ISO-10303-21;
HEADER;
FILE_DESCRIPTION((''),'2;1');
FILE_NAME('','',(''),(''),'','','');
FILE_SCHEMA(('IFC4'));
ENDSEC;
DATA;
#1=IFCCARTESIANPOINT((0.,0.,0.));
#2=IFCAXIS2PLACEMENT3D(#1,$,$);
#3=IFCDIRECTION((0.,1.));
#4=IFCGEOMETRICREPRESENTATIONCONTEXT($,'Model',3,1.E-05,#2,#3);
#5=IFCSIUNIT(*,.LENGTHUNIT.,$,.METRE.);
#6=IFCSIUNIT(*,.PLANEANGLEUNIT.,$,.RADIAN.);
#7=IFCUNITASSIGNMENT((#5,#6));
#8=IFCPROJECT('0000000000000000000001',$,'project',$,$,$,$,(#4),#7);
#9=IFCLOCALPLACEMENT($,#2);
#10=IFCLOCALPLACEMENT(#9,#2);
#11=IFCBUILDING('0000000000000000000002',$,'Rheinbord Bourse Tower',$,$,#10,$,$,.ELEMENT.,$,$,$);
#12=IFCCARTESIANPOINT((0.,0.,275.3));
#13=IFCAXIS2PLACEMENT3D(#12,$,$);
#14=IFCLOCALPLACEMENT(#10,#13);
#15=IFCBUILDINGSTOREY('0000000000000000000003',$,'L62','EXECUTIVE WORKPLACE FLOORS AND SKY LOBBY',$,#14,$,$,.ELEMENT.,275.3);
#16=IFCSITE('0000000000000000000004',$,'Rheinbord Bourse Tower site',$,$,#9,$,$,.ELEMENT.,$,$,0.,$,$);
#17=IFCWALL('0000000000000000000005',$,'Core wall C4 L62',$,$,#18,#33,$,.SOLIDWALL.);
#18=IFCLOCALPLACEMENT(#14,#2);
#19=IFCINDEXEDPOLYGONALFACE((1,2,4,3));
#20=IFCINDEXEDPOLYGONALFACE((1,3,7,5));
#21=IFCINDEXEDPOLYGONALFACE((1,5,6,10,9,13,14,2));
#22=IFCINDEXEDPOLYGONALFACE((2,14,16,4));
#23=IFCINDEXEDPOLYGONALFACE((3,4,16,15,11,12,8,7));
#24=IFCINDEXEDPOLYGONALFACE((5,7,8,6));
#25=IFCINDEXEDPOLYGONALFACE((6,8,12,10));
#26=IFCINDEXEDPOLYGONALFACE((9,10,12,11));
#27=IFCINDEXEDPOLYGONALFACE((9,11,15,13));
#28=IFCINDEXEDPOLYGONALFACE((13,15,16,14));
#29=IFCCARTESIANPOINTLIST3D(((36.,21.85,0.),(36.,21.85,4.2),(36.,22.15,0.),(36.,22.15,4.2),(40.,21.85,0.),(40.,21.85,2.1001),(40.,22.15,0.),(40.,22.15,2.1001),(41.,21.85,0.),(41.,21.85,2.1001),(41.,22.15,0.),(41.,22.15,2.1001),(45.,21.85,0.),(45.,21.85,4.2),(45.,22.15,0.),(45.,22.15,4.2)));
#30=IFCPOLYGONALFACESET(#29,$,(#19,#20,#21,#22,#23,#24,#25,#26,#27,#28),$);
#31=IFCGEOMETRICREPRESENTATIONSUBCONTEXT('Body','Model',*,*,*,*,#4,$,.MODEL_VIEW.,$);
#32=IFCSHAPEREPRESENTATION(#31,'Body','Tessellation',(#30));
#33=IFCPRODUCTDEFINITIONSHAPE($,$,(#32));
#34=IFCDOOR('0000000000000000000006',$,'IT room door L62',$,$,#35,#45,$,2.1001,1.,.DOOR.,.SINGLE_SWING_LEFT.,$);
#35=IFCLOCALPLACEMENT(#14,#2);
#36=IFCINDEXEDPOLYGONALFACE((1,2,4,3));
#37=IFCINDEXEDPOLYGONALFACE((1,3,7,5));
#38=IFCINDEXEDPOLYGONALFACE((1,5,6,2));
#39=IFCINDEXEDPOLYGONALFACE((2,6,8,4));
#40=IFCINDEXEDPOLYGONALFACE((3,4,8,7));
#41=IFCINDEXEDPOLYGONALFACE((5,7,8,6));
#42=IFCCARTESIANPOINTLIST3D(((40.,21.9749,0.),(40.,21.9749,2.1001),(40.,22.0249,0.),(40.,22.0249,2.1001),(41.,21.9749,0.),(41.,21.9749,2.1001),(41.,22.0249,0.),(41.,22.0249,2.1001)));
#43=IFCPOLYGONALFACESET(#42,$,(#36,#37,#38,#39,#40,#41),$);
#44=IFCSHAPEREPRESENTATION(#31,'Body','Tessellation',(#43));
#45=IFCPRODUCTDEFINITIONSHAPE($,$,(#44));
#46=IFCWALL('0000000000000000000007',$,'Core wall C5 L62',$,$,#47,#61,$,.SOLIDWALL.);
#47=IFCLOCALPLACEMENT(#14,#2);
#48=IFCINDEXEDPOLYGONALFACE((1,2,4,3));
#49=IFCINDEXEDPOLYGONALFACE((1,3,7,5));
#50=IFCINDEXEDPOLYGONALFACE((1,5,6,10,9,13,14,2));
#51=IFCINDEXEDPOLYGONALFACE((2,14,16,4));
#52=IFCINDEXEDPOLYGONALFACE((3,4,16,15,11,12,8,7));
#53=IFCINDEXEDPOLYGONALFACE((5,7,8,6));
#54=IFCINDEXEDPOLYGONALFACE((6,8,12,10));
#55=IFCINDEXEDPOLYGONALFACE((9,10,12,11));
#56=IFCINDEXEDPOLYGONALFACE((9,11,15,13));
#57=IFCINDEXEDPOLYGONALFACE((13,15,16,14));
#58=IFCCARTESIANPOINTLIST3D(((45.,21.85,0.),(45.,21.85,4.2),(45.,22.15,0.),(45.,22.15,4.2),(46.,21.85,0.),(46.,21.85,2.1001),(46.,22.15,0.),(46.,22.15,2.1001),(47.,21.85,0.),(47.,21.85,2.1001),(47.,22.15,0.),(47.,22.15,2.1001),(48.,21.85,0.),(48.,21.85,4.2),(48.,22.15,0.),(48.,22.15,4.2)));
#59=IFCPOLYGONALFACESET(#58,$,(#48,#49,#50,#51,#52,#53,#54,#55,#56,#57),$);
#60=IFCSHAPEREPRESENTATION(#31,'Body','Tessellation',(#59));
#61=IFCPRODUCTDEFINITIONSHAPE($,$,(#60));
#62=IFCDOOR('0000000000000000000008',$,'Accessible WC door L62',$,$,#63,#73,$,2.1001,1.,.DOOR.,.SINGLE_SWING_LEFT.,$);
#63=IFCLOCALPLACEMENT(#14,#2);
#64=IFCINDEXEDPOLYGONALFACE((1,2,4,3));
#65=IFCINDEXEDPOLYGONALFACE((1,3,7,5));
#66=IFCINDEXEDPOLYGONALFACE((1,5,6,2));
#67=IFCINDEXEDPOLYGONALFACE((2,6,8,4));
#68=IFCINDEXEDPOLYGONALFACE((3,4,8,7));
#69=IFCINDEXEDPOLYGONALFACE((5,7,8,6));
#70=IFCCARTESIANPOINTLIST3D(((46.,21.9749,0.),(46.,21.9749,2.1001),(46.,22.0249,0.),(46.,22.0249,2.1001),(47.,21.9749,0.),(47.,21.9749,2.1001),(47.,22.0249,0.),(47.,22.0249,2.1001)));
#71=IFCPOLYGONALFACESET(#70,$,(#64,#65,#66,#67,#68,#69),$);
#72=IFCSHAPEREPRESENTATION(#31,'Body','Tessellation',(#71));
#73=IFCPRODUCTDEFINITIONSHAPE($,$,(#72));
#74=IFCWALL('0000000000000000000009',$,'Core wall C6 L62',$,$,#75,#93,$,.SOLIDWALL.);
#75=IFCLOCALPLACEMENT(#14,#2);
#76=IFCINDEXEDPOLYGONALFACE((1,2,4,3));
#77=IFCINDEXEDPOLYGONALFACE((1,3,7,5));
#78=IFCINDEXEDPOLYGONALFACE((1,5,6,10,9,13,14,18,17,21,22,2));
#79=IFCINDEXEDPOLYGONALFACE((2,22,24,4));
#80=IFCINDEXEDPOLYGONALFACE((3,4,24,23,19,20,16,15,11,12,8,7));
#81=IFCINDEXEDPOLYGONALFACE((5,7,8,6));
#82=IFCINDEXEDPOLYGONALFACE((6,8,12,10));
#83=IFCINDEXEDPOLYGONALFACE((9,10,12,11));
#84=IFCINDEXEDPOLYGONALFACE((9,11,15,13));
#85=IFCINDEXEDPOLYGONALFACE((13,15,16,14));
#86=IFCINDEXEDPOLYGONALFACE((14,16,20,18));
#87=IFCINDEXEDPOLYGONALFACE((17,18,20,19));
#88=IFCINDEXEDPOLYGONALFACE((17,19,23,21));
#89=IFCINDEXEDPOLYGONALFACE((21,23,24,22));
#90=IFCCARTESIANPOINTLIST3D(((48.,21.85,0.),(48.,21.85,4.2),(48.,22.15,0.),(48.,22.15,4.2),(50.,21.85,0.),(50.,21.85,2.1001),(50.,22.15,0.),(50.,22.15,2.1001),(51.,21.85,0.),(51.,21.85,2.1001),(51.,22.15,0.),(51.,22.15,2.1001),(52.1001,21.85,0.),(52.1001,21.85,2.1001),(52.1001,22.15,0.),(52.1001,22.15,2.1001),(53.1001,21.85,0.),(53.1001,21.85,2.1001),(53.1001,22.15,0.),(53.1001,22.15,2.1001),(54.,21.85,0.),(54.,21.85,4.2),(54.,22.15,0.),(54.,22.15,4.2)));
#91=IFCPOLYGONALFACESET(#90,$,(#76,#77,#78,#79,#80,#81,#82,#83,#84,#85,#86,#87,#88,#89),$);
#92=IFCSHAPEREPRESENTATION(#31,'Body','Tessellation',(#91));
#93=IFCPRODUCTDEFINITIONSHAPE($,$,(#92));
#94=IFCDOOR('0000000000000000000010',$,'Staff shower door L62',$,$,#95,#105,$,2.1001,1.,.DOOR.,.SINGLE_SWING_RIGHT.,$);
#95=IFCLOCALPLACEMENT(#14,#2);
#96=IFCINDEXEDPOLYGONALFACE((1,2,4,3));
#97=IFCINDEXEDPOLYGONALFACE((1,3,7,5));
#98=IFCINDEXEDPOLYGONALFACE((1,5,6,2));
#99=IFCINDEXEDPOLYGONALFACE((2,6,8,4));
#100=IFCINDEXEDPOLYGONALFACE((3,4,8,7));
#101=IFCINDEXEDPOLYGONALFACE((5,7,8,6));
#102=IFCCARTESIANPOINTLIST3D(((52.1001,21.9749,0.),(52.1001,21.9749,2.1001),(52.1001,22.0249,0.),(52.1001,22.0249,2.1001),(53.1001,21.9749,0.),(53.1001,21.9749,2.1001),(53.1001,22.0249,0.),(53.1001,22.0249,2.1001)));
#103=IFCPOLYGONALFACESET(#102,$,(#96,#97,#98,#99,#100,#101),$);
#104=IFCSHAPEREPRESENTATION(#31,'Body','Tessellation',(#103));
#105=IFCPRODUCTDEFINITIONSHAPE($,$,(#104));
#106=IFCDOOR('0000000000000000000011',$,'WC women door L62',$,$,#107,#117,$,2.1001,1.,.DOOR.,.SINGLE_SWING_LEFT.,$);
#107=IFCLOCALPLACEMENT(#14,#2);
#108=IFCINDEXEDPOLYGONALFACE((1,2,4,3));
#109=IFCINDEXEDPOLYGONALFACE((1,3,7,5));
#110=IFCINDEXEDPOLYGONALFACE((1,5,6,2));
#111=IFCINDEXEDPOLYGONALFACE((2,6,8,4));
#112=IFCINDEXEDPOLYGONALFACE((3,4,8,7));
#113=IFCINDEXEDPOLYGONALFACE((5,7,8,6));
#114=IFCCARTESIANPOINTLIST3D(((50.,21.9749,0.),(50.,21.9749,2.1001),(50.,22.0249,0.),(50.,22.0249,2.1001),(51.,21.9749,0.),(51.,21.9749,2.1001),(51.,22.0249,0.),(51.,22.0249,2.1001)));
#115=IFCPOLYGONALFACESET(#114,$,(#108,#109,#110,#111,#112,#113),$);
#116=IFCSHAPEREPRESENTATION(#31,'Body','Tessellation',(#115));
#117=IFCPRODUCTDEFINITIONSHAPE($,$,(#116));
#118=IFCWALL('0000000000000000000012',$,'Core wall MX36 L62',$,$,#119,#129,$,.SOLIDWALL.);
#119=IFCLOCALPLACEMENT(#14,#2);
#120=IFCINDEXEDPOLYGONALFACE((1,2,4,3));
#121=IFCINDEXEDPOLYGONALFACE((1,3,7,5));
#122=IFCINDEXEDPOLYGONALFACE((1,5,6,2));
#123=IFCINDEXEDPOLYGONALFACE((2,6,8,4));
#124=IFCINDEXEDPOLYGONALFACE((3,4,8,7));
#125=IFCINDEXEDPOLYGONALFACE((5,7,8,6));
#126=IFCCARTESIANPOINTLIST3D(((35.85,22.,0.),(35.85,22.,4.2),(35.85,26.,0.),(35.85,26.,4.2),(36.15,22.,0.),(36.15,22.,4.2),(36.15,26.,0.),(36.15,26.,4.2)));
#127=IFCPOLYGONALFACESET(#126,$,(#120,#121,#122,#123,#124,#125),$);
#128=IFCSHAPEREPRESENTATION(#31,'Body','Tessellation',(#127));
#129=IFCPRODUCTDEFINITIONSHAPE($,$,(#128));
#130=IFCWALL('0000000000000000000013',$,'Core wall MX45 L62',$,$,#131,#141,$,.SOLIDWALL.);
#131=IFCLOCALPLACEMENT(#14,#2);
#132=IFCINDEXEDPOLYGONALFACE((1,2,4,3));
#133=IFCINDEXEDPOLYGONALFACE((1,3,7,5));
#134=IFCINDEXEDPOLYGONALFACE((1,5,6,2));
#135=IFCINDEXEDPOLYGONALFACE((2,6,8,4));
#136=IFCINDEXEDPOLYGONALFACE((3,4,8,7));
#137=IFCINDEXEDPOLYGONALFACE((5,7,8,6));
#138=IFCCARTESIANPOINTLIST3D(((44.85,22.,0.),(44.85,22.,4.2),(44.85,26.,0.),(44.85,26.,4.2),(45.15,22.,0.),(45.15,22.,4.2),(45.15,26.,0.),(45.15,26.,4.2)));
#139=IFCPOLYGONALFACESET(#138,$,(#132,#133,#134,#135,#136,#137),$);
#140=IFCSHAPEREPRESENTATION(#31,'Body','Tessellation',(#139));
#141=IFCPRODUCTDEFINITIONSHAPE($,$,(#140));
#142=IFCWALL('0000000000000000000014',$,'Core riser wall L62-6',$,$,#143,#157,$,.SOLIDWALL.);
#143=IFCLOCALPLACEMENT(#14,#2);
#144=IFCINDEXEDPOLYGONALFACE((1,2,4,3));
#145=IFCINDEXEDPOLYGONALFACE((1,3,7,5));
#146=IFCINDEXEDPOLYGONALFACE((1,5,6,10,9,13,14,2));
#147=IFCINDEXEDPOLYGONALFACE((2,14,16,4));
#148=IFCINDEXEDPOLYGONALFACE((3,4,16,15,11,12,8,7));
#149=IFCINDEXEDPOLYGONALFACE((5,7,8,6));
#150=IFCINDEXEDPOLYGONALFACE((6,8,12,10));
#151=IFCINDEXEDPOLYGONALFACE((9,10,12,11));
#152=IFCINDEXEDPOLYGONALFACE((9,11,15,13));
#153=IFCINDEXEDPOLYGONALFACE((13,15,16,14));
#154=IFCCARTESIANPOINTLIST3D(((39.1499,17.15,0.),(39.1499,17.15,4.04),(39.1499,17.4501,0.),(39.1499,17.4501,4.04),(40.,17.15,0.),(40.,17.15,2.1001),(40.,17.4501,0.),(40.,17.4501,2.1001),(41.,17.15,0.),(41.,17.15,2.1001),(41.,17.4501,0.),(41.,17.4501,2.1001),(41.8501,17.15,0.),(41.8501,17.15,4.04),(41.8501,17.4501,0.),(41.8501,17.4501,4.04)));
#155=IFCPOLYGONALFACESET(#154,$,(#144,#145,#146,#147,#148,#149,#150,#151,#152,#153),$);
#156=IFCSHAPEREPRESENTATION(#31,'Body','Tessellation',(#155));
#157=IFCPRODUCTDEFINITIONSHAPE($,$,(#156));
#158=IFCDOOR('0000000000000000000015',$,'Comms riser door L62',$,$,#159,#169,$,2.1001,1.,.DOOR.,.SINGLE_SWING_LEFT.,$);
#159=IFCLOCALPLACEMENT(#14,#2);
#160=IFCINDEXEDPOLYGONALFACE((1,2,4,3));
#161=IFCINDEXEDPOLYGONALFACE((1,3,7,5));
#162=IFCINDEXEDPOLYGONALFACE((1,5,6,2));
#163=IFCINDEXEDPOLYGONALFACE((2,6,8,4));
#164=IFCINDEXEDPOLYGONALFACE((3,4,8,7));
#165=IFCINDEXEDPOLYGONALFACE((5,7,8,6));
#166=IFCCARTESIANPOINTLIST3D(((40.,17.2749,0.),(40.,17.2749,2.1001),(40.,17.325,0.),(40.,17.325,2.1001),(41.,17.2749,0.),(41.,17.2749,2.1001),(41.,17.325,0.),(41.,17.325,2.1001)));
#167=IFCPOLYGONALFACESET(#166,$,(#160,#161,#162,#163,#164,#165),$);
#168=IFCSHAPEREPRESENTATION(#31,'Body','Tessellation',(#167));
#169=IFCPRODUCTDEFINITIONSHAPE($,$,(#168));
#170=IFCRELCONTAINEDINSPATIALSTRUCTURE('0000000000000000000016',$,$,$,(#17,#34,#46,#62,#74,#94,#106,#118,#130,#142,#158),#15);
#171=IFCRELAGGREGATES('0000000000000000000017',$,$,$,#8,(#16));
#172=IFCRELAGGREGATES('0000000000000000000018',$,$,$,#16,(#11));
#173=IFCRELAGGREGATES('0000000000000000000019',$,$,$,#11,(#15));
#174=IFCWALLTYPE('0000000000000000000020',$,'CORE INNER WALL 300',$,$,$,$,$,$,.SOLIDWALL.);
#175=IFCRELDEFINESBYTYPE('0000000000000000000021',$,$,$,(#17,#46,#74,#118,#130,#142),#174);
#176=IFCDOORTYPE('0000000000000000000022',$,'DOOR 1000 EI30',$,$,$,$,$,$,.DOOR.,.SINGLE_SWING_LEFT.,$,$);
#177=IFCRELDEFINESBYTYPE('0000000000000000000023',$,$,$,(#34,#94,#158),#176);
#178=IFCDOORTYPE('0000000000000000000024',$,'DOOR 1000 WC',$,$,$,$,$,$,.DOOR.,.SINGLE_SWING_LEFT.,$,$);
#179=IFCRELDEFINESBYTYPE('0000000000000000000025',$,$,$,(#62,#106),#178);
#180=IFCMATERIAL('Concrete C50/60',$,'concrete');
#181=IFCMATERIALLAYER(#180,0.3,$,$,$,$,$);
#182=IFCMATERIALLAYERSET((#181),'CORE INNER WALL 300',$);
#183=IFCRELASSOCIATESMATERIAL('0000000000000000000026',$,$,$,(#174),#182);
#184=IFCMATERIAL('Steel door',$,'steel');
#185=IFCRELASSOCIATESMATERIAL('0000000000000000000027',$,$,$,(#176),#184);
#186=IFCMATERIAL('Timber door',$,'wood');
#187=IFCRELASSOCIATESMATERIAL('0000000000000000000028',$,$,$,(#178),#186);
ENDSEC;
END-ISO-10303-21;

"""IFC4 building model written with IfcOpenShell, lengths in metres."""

from ifc_helpers import new_model, si_unit, direction, frame, frame_2d, origin, place, context, subcontext, project, spatial, rectangle, extrude, material, layer, layer_set, type_object, element, fill, save


model = new_model("IFC4")

# Units and contexts
model_context = context("Model", 3, precision=1e-05, world=origin(), true_north=direction((0.0, 1.0)))
body_context = subcontext(model_context, "Body", "Model", "MODEL_VIEW")
ifc_project = project(units=[si_unit("LENGTHUNIT", "METRE"), si_unit("PLANEANGLEUNIT", "RADIAN")], contexts=[model_context])

# Site, building, storey
site_placement = place(None, origin())
site = spatial("IfcSite", under=ifc_project, at=site_placement, Name="Rheinbord Bourse Tower site", CompositionType="ELEMENT", RefElevation=0.0)
building_placement = place(site_placement, origin())
building = spatial("IfcBuilding", under=site, at=building_placement, Name="Rheinbord Bourse Tower", CompositionType="ELEMENT")
storey_placement = place(building_placement, frame((0.0, 0.0, 275.3)))
storey = spatial("IfcBuildingStorey", under=building, at=storey_placement, Name="L62", Description="EXECUTIVE WORKPLACE FLOORS AND SKY LOBBY", CompositionType="ELEMENT", Elevation=275.3)

# Walls, openings, doors
ifc_material_1 = material(Name="Concrete C50/60", Category="concrete")
ifc_layer = layer(ifc_material_1, 0.3)
ifc_layer_set = layer_set([ifc_layer], Name="CORE INNER WALL 300")
wall_type = type_object("IfcWallType", Name="CORE INNER WALL 300", PredefinedType="SOLIDWALL", material=ifc_layer_set)
ifc_material_2 = material(Name="Steel door", Category="steel")
door_type_1 = type_object("IfcDoorType", Name="DOOR 1000 EI30", OperationType="SINGLE_SWING_LEFT", PredefinedType="DOOR", material=ifc_material_2)
wall_1_placement = place(storey_placement, frame((36.0, 22.0, 0.0), z_axis=(0.0, 0.0, 1.0), x_axis=(1.0, 0.0, 0.0)))
wall_1 = element("IfcWall", 1, at=wall_1_placement, inside=storey, type_object=wall_type, Name="Core wall C4 L62", PredefinedType="SOLIDWALL", context=body_context, shape_type="SweptSolid", body=[
    extrude(rectangle(XDim=9.0, YDim=0.3, at=frame_2d((4.5, 0.0))), origin(), (0.0, 0.0, 1.0), 4.2),
])
opening_1_placement = place(wall_1_placement, frame((4.0, 0.0, 0.0)))
opening_1 = element("IfcOpeningElement", 2, at=opening_1_placement, cuts=wall_1, PredefinedType="OPENING", context=body_context, shape_type="SweptSolid", body=[
    extrude(rectangle(XDim=1.0, YDim=2.1001, at=frame_2d((0.5, 1.05))), frame((0.0, 0.1599, 0.0), z_axis=(0.0, -1.0, 0.0), x_axis=(1.0, 0.0, 0.0)), (0.0, 0.0, 1.0), 0.3201),
])
door_1_placement = place(opening_1_placement, origin())
door_1 = element("IfcDoor", 3, at=door_1_placement, inside=storey, type_object=door_type_1, Name="IT room door L62", OperationType="SINGLE_SWING_LEFT", OverallHeight=2.1001, OverallWidth=1.0, PredefinedType="DOOR", context=body_context, shape_type="SweptSolid", body=[
    extrude(rectangle(XDim=1.0, YDim=2.1001, at=frame_2d((0.5, 1.05))), frame((0.0, 0.0249, 0.0), z_axis=(0.0, -1.0, 0.0), x_axis=(1.0, 0.0, 0.0)), (0.0, 0.0, 1.0), 0.05),
])
fill(opening_1, door_1)
wall_2_placement = place(storey_placement, frame((45.0, 22.0, 0.0), z_axis=(0.0, 0.0, 1.0), x_axis=(1.0, 0.0, 0.0)))
wall_2 = element("IfcWall", 4, at=wall_2_placement, inside=storey, type_object=wall_type, Name="Core wall C5 L62", PredefinedType="SOLIDWALL", context=body_context, shape_type="SweptSolid", body=[
    extrude(rectangle(XDim=3.0, YDim=0.3, at=frame_2d((1.5, 0.0))), origin(), (0.0, 0.0, 1.0), 4.2),
])
opening_2_placement = place(wall_2_placement, frame((1.0, 0.0, 0.0)))
opening_2 = element("IfcOpeningElement", 5, at=opening_2_placement, cuts=wall_2, PredefinedType="OPENING", context=body_context, shape_type="SweptSolid", body=[
    extrude(rectangle(XDim=1.0, YDim=2.1001, at=frame_2d((0.5, 1.05))), frame((0.0, 0.1599, 0.0), z_axis=(0.0, -1.0, 0.0), x_axis=(1.0, 0.0, 0.0)), (0.0, 0.0, 1.0), 0.3201),
])
ifc_material_3 = material(Name="Timber door", Category="wood")
door_type_2 = type_object("IfcDoorType", Name="DOOR 1000 WC", OperationType="SINGLE_SWING_LEFT", PredefinedType="DOOR", material=ifc_material_3)
door_2_placement = place(opening_2_placement, origin())
door_2 = element("IfcDoor", 6, at=door_2_placement, inside=storey, type_object=door_type_2, Name="Accessible WC door L62", OperationType="SINGLE_SWING_LEFT", OverallHeight=2.1001, OverallWidth=1.0, PredefinedType="DOOR", context=body_context, shape_type="SweptSolid", body=[
    extrude(rectangle(XDim=1.0, YDim=2.1001, at=frame_2d((0.5, 1.05))), frame((0.0, 0.0249, 0.0), z_axis=(0.0, -1.0, 0.0), x_axis=(1.0, 0.0, 0.0)), (0.0, 0.0, 1.0), 0.05),
])
fill(opening_2, door_2)

# Wall, openings, doors
wall_3_placement = place(storey_placement, frame((48.0, 22.0, 0.0), z_axis=(0.0, 0.0, 1.0), x_axis=(1.0, 0.0, 0.0)))
wall_3 = element("IfcWall", 7, at=wall_3_placement, inside=storey, type_object=wall_type, Name="Core wall C6 L62", PredefinedType="SOLIDWALL", context=body_context, shape_type="SweptSolid", body=[
    extrude(rectangle(XDim=6.0, YDim=0.3, at=frame_2d((3.0, 0.0))), origin(), (0.0, 0.0, 1.0), 4.2),
])
opening_3_placement = place(wall_3_placement, frame((2.0, 0.0, 0.0)))
opening_3 = element("IfcOpeningElement", 8, at=opening_3_placement, cuts=wall_3, PredefinedType="OPENING", context=body_context, shape_type="SweptSolid", body=[
    extrude(rectangle(XDim=1.0, YDim=2.1001, at=frame_2d((0.5, 1.05))), frame((0.0, 0.1599, 0.0), z_axis=(0.0, -1.0, 0.0), x_axis=(1.0, 0.0, 0.0)), (0.0, 0.0, 1.0), 0.3201),
])
opening_4_placement = place(wall_3_placement, frame((4.1001, 0.0, 0.0)))
opening_4 = element("IfcOpeningElement", 9, at=opening_4_placement, cuts=wall_3, PredefinedType="OPENING", context=body_context, shape_type="SweptSolid", body=[
    extrude(rectangle(XDim=1.0, YDim=2.1001, at=frame_2d((0.5, 1.05))), frame((0.0, 0.1599, 0.0), z_axis=(0.0, -1.0, 0.0), x_axis=(1.0, 0.0, 0.0)), (0.0, 0.0, 1.0), 0.3201),
])
door_3_placement = place(opening_4_placement, origin())
door_3 = element("IfcDoor", 10, at=door_3_placement, inside=storey, type_object=door_type_1, Name="Staff shower door L62", OperationType="SINGLE_SWING_RIGHT", OverallHeight=2.1001, OverallWidth=1.0, PredefinedType="DOOR", context=body_context, shape_type="SweptSolid", body=[
    extrude(rectangle(XDim=1.0, YDim=2.1001, at=frame_2d((0.5, 1.05))), frame((0.0, 0.0249, 0.0), z_axis=(0.0, -1.0, 0.0), x_axis=(1.0, 0.0, 0.0)), (0.0, 0.0, 1.0), 0.05),
])
fill(opening_4, door_3)
door_4_placement = place(opening_3_placement, origin())
door_4 = element("IfcDoor", 11, at=door_4_placement, inside=storey, type_object=door_type_2, Name="WC women door L62", OperationType="SINGLE_SWING_LEFT", OverallHeight=2.1001, OverallWidth=1.0, PredefinedType="DOOR", context=body_context, shape_type="SweptSolid", body=[
    extrude(rectangle(XDim=1.0, YDim=2.1001, at=frame_2d((0.5, 1.05))), frame((0.0, 0.0249, 0.0), z_axis=(0.0, -1.0, 0.0), x_axis=(1.0, 0.0, 0.0)), (0.0, 0.0, 1.0), 0.05),
])
fill(opening_3, door_4)

# Walls
for number, where, z_axis, x_axis, name in (
    (12, (36.0, 22.0, 0.0), (0.0, 0.0, 1.0), (0.0, 1.0, 0.0), "Core wall MX36 L62"),
    (13, (45.0, 22.0, 0.0), (0.0, 0.0, 1.0), (0.0, 1.0, 0.0), "Core wall MX45 L62"),
):
    element("IfcWall", number, at=place(storey_placement, frame(where, z_axis=z_axis, x_axis=x_axis)), inside=storey, type_object=wall_type, Name=name, PredefinedType="SOLIDWALL", context=body_context, shape_type="SweptSolid", body=[
        extrude(rectangle(XDim=4.0, YDim=0.3, at=frame_2d((2.0, 0.0))), origin(), (0.0, 0.0, 1.0), 4.2),
    ])

# Wall, opening, door
wall_4_placement = place(storey_placement, frame((39.1499, 17.3, 0.0), z_axis=(0.0, 0.0, 1.0), x_axis=(1.0, 0.0, 0.0)))
wall_4 = element("IfcWall", 14, at=wall_4_placement, inside=storey, type_object=wall_type, Name="Core riser wall L62-6", PredefinedType="SOLIDWALL", context=body_context, shape_type="SweptSolid", body=[
    extrude(rectangle(XDim=2.7002, YDim=0.3, at=frame_2d((1.3501, 0.0))), origin(), (0.0, 0.0, 1.0), 4.04),
])
opening_5_placement = place(wall_4_placement, frame((0.8501, 0.0, 0.0)))
opening_5 = element("IfcOpeningElement", 15, at=opening_5_placement, cuts=wall_4, PredefinedType="OPENING", context=body_context, shape_type="SweptSolid", body=[
    extrude(rectangle(XDim=1.0, YDim=2.1001, at=frame_2d((0.5, 1.05))), frame((0.0, 0.1599, 0.0), z_axis=(0.0, -1.0, 0.0), x_axis=(1.0, 0.0, 0.0)), (0.0, 0.0, 1.0), 0.3201),
])
door_5_placement = place(opening_5_placement, origin())
door_5 = element("IfcDoor", 16, at=door_5_placement, inside=storey, type_object=door_type_1, Name="Comms riser door L62", OperationType="SINGLE_SWING_LEFT", OverallHeight=2.1001, OverallWidth=1.0, PredefinedType="DOOR", context=body_context, shape_type="SweptSolid", body=[
    extrude(rectangle(XDim=1.0, YDim=2.1001, at=frame_2d((0.5, 1.05))), frame((0.0, 0.0249, 0.0), z_axis=(0.0, -1.0, 0.0), x_axis=(1.0, 0.0, 0.0)), (0.0, 0.0, 1.0), 0.05),
])
fill(opening_5, door_5)

save(model, "model.ifc")
